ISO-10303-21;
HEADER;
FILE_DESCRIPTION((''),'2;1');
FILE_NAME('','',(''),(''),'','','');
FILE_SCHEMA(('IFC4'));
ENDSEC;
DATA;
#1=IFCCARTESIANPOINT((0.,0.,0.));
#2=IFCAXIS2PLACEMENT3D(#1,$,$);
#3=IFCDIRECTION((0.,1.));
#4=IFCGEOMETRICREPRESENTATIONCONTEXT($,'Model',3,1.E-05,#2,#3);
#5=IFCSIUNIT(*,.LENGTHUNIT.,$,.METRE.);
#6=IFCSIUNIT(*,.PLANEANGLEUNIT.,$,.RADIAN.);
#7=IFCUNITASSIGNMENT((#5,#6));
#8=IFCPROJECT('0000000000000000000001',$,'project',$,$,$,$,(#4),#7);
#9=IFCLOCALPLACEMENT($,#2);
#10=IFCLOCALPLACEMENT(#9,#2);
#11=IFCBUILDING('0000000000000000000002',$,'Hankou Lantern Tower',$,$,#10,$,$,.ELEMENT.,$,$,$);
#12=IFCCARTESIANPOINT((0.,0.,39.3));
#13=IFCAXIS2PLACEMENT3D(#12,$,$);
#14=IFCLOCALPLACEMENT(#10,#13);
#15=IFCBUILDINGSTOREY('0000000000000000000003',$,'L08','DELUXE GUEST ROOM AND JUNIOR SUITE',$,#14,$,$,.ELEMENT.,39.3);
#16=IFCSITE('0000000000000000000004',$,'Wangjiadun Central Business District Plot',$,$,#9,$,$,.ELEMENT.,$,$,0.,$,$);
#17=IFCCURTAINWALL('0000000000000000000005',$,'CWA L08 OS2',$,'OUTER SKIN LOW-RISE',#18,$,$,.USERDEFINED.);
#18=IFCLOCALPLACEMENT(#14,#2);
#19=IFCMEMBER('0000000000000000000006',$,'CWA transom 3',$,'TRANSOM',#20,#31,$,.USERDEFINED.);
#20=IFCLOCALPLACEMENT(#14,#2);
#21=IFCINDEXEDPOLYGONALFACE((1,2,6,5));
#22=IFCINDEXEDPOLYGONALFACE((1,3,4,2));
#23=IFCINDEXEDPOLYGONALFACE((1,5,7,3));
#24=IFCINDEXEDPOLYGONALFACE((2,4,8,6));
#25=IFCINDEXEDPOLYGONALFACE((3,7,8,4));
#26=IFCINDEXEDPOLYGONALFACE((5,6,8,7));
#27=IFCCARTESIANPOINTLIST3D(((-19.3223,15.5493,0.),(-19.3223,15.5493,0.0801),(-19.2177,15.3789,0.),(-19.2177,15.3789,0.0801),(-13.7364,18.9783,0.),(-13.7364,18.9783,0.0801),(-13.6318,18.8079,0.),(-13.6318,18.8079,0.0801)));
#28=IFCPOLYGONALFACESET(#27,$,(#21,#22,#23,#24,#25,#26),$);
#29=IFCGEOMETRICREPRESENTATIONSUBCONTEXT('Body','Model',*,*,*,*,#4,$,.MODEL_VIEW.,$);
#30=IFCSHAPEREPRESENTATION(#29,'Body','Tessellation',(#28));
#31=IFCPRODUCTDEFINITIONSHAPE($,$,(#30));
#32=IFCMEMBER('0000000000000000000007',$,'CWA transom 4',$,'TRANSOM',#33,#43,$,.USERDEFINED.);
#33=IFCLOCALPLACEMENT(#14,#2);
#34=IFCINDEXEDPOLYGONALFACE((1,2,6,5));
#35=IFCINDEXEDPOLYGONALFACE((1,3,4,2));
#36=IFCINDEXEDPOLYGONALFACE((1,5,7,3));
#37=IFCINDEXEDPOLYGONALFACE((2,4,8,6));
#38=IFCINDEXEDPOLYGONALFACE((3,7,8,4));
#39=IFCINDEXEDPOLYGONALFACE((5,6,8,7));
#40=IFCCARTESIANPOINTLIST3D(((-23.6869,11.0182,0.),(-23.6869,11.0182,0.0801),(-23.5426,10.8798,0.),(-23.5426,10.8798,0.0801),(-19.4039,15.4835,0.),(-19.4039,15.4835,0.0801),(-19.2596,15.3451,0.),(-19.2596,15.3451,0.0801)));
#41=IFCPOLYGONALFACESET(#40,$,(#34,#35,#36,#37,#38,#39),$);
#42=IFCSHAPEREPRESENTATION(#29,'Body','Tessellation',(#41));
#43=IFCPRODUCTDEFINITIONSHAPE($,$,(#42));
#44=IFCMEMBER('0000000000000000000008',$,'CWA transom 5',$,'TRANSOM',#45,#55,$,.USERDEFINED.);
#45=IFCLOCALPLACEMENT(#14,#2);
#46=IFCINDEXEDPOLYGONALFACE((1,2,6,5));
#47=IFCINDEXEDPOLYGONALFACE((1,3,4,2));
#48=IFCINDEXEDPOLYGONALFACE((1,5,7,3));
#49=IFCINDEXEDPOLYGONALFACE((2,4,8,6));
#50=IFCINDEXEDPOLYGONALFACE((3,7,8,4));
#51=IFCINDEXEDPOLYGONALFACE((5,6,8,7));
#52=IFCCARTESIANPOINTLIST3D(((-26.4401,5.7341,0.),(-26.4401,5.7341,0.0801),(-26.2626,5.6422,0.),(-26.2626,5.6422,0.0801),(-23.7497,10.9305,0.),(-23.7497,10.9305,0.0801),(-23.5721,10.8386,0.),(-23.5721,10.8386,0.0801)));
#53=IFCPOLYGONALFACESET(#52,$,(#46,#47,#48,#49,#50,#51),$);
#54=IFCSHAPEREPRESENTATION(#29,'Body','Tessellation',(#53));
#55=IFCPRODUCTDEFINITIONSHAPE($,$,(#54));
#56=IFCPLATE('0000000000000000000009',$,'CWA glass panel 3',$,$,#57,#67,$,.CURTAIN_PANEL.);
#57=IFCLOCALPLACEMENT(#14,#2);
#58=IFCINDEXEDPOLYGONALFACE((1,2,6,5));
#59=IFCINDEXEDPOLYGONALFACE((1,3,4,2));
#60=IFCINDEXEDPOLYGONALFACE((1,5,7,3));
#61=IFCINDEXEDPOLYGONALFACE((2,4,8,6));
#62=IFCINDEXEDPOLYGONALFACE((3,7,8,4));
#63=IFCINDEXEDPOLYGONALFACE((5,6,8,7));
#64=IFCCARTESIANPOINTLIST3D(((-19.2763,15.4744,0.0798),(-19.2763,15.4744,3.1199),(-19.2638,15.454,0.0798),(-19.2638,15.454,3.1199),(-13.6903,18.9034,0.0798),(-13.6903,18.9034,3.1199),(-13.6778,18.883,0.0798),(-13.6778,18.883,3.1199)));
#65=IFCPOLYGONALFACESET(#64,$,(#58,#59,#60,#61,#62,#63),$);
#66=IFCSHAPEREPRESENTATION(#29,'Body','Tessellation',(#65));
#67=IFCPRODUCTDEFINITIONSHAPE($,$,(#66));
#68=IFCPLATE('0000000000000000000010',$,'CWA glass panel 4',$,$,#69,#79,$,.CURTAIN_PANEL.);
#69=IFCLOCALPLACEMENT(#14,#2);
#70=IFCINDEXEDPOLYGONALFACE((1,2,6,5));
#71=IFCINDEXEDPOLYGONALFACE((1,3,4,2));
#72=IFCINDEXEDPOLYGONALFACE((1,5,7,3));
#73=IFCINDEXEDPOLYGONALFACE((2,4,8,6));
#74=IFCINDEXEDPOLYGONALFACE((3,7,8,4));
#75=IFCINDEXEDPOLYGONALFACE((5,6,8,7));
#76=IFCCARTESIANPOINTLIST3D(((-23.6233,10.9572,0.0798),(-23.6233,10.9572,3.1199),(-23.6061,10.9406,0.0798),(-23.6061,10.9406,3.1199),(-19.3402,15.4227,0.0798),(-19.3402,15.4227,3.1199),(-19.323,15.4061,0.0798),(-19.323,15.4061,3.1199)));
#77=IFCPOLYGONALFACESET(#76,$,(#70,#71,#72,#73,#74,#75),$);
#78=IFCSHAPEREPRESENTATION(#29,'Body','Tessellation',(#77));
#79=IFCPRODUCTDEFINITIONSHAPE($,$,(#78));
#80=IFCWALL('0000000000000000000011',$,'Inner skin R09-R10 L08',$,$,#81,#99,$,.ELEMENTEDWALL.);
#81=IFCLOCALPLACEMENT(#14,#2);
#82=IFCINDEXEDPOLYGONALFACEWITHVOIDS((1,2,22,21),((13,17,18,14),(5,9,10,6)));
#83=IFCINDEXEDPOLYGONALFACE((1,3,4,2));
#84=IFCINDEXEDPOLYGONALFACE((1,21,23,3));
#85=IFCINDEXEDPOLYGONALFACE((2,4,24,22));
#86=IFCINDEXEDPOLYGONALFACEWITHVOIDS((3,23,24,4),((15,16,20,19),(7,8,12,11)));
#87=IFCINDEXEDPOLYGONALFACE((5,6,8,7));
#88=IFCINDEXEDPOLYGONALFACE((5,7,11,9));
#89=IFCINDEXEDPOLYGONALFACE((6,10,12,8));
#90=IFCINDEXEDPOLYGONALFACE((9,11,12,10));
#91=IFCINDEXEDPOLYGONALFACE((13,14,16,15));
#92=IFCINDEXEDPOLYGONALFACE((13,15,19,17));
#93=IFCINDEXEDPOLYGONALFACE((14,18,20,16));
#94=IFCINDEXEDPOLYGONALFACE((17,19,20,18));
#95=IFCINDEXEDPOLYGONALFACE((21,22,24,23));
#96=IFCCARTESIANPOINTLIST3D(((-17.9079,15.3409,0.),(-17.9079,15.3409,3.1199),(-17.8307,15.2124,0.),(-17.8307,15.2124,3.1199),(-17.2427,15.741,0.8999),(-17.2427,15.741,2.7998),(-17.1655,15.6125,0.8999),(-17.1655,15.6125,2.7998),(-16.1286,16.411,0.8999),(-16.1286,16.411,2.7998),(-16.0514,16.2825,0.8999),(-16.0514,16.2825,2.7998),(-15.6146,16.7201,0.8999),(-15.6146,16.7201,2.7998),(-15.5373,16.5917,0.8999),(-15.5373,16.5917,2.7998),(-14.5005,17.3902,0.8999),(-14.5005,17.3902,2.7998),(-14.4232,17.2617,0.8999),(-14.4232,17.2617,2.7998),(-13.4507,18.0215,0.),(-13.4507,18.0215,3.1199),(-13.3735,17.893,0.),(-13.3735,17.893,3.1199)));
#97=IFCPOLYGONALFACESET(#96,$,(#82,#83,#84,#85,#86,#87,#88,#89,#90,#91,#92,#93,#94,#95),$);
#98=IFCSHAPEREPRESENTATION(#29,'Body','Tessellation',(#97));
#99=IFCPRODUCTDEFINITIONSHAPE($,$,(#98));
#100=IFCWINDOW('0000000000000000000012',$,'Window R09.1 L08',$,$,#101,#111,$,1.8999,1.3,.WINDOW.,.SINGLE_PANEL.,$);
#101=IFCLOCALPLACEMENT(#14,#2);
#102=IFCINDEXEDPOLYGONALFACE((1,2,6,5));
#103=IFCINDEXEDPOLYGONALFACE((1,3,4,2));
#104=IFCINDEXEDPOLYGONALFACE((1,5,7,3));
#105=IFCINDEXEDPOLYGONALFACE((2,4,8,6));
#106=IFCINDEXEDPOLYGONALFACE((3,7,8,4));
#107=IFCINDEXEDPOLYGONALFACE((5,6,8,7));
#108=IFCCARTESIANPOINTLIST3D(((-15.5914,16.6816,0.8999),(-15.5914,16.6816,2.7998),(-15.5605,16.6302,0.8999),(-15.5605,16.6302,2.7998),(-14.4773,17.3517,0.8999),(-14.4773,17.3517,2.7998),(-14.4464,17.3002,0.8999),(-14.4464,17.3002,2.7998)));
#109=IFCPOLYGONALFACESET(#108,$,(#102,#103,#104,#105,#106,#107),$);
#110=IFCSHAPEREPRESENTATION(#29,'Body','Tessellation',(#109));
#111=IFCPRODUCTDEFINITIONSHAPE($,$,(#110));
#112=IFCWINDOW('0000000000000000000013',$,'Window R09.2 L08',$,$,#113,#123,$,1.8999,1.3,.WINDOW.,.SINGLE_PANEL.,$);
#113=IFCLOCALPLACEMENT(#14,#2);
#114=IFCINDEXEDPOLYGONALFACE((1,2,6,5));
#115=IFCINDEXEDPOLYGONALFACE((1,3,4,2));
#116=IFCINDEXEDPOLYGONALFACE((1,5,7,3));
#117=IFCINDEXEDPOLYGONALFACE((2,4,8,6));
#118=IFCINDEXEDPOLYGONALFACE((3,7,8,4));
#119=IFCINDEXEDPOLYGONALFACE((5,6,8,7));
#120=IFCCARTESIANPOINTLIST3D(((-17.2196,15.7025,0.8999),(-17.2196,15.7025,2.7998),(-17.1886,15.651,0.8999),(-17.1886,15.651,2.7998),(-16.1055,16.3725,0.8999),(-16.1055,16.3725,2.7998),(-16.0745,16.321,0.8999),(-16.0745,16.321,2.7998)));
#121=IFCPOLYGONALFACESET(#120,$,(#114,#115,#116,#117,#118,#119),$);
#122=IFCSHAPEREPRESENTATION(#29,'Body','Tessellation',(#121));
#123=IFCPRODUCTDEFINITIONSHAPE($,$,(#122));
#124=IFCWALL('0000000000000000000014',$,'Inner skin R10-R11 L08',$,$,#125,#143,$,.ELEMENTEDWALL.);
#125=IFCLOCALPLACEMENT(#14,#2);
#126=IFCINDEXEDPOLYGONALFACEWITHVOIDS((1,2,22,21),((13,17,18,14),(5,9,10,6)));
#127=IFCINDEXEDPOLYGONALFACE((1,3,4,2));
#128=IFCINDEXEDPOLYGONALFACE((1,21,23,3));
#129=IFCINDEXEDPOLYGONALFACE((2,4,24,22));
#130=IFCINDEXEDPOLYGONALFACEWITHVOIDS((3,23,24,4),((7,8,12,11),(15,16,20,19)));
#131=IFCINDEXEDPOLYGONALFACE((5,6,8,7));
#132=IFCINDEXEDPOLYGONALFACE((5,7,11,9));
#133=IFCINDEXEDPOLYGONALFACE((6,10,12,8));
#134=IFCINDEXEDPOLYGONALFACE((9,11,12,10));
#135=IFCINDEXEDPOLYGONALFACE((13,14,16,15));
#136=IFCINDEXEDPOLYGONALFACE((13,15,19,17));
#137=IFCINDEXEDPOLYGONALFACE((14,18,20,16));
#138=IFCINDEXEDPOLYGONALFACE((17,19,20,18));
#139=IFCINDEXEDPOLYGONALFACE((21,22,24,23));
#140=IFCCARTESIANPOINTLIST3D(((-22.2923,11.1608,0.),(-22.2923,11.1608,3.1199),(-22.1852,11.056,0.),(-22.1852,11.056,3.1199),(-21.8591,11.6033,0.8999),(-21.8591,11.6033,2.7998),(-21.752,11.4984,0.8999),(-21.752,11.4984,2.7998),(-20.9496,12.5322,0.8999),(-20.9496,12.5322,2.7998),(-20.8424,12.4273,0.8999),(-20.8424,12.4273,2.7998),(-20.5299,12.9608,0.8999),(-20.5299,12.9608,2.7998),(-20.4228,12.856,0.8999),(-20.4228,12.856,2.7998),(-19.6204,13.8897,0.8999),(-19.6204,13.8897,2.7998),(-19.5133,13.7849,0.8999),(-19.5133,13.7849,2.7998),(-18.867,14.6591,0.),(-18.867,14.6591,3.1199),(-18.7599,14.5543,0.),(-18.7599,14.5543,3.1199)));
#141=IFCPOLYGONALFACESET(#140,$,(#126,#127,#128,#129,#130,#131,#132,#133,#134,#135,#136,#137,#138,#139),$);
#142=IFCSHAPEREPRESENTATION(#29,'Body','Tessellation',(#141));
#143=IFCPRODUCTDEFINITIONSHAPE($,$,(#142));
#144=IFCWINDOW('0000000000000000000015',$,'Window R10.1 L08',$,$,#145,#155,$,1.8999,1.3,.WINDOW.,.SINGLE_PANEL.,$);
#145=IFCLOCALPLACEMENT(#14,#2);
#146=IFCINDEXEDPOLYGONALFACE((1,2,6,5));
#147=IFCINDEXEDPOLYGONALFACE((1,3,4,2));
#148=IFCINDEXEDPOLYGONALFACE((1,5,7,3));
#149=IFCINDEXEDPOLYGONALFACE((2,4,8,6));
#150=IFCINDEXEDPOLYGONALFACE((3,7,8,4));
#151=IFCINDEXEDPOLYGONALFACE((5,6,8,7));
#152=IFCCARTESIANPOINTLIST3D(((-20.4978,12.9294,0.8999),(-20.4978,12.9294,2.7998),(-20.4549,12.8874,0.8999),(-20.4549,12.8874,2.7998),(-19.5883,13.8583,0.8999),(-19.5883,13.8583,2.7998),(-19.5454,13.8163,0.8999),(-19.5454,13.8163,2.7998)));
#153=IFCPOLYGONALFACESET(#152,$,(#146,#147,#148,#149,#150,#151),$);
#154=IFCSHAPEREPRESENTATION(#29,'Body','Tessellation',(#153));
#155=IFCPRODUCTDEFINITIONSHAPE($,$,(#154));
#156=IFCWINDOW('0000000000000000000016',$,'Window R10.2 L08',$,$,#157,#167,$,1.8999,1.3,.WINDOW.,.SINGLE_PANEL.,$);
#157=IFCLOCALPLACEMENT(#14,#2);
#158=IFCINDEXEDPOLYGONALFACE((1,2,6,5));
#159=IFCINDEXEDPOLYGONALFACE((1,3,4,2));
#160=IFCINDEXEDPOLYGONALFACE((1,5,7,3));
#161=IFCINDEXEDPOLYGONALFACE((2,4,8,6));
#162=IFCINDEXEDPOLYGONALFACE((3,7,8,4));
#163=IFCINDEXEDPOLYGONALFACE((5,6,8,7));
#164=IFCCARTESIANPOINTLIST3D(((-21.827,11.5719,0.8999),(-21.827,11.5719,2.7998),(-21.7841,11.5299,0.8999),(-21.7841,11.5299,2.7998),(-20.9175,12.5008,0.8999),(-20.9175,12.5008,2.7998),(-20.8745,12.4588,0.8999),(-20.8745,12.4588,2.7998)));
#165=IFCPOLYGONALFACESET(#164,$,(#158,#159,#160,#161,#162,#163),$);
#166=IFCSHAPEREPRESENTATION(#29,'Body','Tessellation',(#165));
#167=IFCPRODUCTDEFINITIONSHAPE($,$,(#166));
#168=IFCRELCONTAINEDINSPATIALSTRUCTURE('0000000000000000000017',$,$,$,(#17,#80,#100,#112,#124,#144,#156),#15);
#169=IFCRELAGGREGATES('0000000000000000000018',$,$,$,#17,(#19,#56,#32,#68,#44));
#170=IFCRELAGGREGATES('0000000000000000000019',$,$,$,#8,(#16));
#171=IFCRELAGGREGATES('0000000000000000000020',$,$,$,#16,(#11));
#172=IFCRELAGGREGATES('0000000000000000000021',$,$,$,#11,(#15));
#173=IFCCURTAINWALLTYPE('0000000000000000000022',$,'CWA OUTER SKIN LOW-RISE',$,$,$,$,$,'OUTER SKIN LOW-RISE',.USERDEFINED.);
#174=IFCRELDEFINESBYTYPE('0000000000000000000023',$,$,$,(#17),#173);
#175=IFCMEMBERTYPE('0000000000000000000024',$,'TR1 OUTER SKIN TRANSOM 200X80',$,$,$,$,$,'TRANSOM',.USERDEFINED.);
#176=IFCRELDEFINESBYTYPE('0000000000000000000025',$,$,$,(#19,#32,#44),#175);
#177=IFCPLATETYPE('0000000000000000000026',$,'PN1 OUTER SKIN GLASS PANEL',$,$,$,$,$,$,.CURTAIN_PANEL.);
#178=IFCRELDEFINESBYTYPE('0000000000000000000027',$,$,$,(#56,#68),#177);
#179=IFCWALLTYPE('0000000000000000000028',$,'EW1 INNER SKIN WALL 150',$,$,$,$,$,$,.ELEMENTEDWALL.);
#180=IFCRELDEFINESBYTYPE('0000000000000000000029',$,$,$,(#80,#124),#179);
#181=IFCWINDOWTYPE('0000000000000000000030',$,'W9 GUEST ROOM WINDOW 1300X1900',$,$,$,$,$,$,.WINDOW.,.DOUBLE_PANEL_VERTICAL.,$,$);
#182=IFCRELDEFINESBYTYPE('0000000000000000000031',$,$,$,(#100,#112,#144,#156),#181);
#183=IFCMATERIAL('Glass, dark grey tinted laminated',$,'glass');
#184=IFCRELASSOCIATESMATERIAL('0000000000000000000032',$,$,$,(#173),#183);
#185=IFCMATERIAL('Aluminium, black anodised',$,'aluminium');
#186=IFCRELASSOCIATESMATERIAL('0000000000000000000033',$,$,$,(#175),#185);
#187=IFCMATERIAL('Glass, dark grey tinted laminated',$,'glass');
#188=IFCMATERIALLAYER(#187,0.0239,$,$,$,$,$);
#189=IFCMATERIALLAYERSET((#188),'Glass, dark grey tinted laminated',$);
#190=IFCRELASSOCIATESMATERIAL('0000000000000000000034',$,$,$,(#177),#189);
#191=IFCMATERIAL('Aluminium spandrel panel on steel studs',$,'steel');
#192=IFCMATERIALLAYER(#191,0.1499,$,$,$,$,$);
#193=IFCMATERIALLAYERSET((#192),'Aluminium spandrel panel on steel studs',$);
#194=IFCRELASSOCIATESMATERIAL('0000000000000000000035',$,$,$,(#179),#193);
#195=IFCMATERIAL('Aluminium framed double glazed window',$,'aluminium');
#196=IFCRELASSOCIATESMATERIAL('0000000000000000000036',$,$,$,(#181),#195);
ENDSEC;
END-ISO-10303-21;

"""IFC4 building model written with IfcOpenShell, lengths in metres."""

from ifc_helpers import new_model, si_unit, direction, frame, frame_2d, origin, origin_2d, place, context, subcontext, project, spatial, rectangle, extrude, material, layer, layer_set, material_profile, profile_set, type_object, element, fill, aggregate, save


model = new_model("IFC4")

# Units and contexts
model_context = context("Model", 3, precision=1e-05, world=origin(), true_north=direction((0.0, 1.0)))
body_context = subcontext(model_context, "Body", "Model", "MODEL_VIEW")
ifc_project = project(units=[si_unit("LENGTHUNIT", "METRE"), si_unit("PLANEANGLEUNIT", "RADIAN")], contexts=[model_context])

# Site, building, storey
site_placement = place(None, origin())
site = spatial("IfcSite", under=ifc_project, at=site_placement, Name="Wangjiadun Central Business District Plot", CompositionType="ELEMENT", RefElevation=0.0)
building_placement = place(site_placement, origin())
building = spatial("IfcBuilding", under=site, at=building_placement, Name="Hankou Lantern Tower", CompositionType="ELEMENT")
storey_placement = place(building_placement, frame((0.0, 0.0, 39.3)))
storey = spatial("IfcBuildingStorey", under=building, at=storey_placement, Name="L08", Description="DELUXE GUEST ROOM AND JUNIOR SUITE", CompositionType="ELEMENT", Elevation=39.3)

# Curtain wall
ifc_material_1 = material(Name="Glass, dark grey tinted laminated", Category="glass")
curtain_wall_type = type_object("IfcCurtainWallType", Name="CWA OUTER SKIN LOW-RISE", ElementType="OUTER SKIN LOW-RISE", PredefinedType="USERDEFINED", material=ifc_material_1)
curtain_wall_placement = place(storey_placement, origin())
curtain_wall = element("IfcCurtainWall", 1, at=curtain_wall_placement, inside=storey, type_object=curtain_wall_type, Name="CWA L08 OS2", ObjectType="OUTER SKIN LOW-RISE", PredefinedType="USERDEFINED")

# Members
ifc_material_2 = material(Name="Aluminium, black anodised", Category="aluminium")
ifc_material_profile_1 = material_profile(ifc_material_2, rectangle(XDim=0.2, YDim=0.0801, at=origin_2d()), Name="TR1 200X80")
ifc_profile_set_1 = profile_set([ifc_material_profile_1], Name="Aluminium, black anodised")
member_type_1 = type_object("IfcMemberType", Name="TR1 OUTER SKIN TRANSOM 200X80", ElementType="TRANSOM", PredefinedType="USERDEFINED", material=ifc_profile_set_1)
member_1_placement = place(storey_placement, frame((-13.6841, 18.8931, 0.04), z_axis=(-0.85224, -0.523152, 0.0), x_axis=(0.523152, -0.85224, 0.0)))
member_1 = element("IfcMember", 2, at=member_1_placement, type_object=member_type_1, Name="CWA transom 3", ObjectType="TRANSOM", PredefinedType="USERDEFINED", context=body_context, shape_type="SweptSolid", body=[
    extrude(rectangle(XDim=0.2, YDim=0.0801, at=origin_2d()), origin(), (0.0, 0.0, 1.0), 6.5544),
])
member_2_placement = place(storey_placement, frame((-19.3318, 15.4143, 0.04), z_axis=(-0.692216, -0.721691, 0.0), x_axis=(0.721691, -0.692216, 0.0)))
member_2 = element("IfcMember", 3, at=member_2_placement, type_object=member_type_1, Name="CWA transom 4", ObjectType="TRANSOM", PredefinedType="USERDEFINED", context=body_context, shape_type="SweptSolid", body=[
    extrude(rectangle(XDim=0.2, YDim=0.0801, at=origin_2d()), origin(), (0.0, 0.0, 1.0), 6.1873),
])
member_3_placement = place(storey_placement, frame((-23.6609, 10.8845, 0.04), z_axis=(-0.459786, -0.88803, 0.0), x_axis=(0.88803, -0.459786, 0.0)))
member_3 = element("IfcMember", 4, at=member_3_placement, type_object=member_type_1, Name="CWA transom 5", ObjectType="TRANSOM", PredefinedType="USERDEFINED", context=body_context, shape_type="SweptSolid", body=[
    extrude(rectangle(XDim=0.2, YDim=0.0801, at=origin_2d()), origin(), (0.0, 0.0, 1.0), 5.8516),
])

# Plates
ifc_material_3 = material(Name="Glass, dark grey tinted laminated", Category="glass")
ifc_layer_1 = layer(ifc_material_3, 0.0239)
ifc_layer_set_1 = layer_set([ifc_layer_1], Name="Glass, dark grey tinted laminated")
plate_type = type_object("IfcPlateType", Name="PN1 OUTER SKIN GLASS PANEL", PredefinedType="CURTAIN_PANEL", material=ifc_layer_set_1)
plate_1_placement = place(storey_placement, frame((-16.4771, 17.1787, 0.0798), z_axis=(0.0, 0.0, 1.0), x_axis=(-0.852237, -0.523156, 0.0)))
plate_1 = element("IfcPlate", 5, at=plate_1_placement, type_object=plate_type, Name="CWA glass panel 3", PredefinedType="CURTAIN_PANEL", context=body_context, shape_type="SweptSolid", body=[
    extrude(rectangle(XDim=6.5544, YDim=0.0239, at=origin_2d()), origin(), (0.0, 0.0, 1.0), 3.04),
])
plate_2_placement = place(storey_placement, frame((-21.4731, 13.1816, 0.0798), z_axis=(0.0, 0.0, 1.0), x_axis=(-0.692216, -0.721691, 0.0)))
plate_2 = element("IfcPlate", 6, at=plate_2_placement, type_object=plate_type, Name="CWA glass panel 4", PredefinedType="CURTAIN_PANEL", context=body_context, shape_type="SweptSolid", body=[
    extrude(rectangle(XDim=6.1875, YDim=0.0239, at=origin_2d()), origin(), (0.0, 0.0, 1.0), 3.04),
])
aggregate(curtain_wall, [member_1, plate_1, member_2, plate_2, member_3])

# Walls, openings, windows
ifc_material_4 = material(Name="Aluminium spandrel panel on steel studs", Category="steel")
ifc_layer_2 = layer(ifc_material_4, 0.1499)
ifc_layer_set_2 = layer_set([ifc_layer_2], Name="Aluminium spandrel panel on steel studs")
wall_type_1 = type_object("IfcWallType", Name="EW1 INNER SKIN WALL 150", PredefinedType="ELEMENTEDWALL", material=ifc_layer_set_2)
wall_1_placement = place(storey_placement, frame((-13.4121, 17.9573, 0.0), z_axis=(0.0, 0.0, 1.0), x_axis=(-0.856958, -0.515386, 0.0)))
wall_1 = element("IfcWall", 7, at=wall_1_placement, inside=storey, type_object=wall_type_1, Name="Inner skin R09-R10 L08", PredefinedType="ELEMENTEDWALL", context=body_context, shape_type="SweptSolid", body=[
    extrude(rectangle(XDim=5.2012, YDim=0.1499, at=frame_2d((2.6006, 0.0))), origin(), (0.0, 0.0, 1.0), 3.1199),
])
opening_1_placement = place(wall_1_placement, frame((1.2251, 0.0, 0.8999)))
opening_1 = element("IfcOpeningElement", 8, at=opening_1_placement, cuts=wall_1, PredefinedType="OPENING", context=body_context, shape_type="SweptSolid", body=[
    extrude(rectangle(XDim=1.3, YDim=1.8999, at=frame_2d((0.6499, 0.95))), frame((0.0, 0.085, 0.0), z_axis=(0.0, -1.0, 0.0), x_axis=(1.0, 0.0, 0.0)), (0.0, 0.0, 1.0), 0.1699),
])
opening_2_placement = place(wall_1_placement, frame((3.125, 0.0, 0.8999)))
opening_2 = element("IfcOpeningElement", 9, at=opening_2_placement, cuts=wall_1, PredefinedType="OPENING", context=body_context, shape_type="SweptSolid", body=[
    extrude(rectangle(XDim=1.3, YDim=1.8999, at=frame_2d((0.6499, 0.95))), frame((0.0, 0.085, 0.0), z_axis=(0.0, -1.0, 0.0), x_axis=(1.0, 0.0, 0.0)), (0.0, 0.0, 1.0), 0.1699),
])
ifc_material_5 = material(Name="Aluminium framed double glazed window", Category="aluminium")
window_type = type_object("IfcWindowType", Name="W9 GUEST ROOM WINDOW 1300X1900", PartitioningType="DOUBLE_PANEL_VERTICAL", PredefinedType="WINDOW", material=ifc_material_5)
window_1_placement = place(opening_1_placement, origin())
window_1 = element("IfcWindow", 10, at=window_1_placement, inside=storey, type_object=window_type, Name="Window R09.1 L08", OverallHeight=1.8999, OverallWidth=1.3, PartitioningType="SINGLE_PANEL", PredefinedType="WINDOW", context=body_context, shape_type="SweptSolid", body=[
    extrude(rectangle(XDim=1.3, YDim=1.8999, at=frame_2d((0.6499, 0.95))), frame((0.0, 0.03, 0.0), z_axis=(0.0, -1.0, 0.0), x_axis=(1.0, 0.0, 0.0)), (0.0, 0.0, 1.0), 0.0601),
])
fill(opening_1, window_1)
window_2_placement = place(opening_2_placement, origin())
window_2 = element("IfcWindow", 11, at=window_2_placement, inside=storey, type_object=window_type, Name="Window R09.2 L08", OverallHeight=1.8999, OverallWidth=1.3, PartitioningType="SINGLE_PANEL", PredefinedType="WINDOW", context=body_context, shape_type="SweptSolid", body=[
    extrude(rectangle(XDim=1.3, YDim=1.8999, at=frame_2d((0.6499, 0.95))), frame((0.0, 0.03, 0.0), z_axis=(0.0, -1.0, 0.0), x_axis=(1.0, 0.0, 0.0)), (0.0, 0.0, 1.0), 0.0601),
])
fill(opening_2, window_2)
wall_2_placement = place(storey_placement, frame((-18.8135, 14.6067, 0.0), z_axis=(0.0, 0.0, 1.0), x_axis=(-0.699613, -0.714522, 0.0)))
wall_2 = element("IfcWall", 12, at=wall_2_placement, inside=storey, type_object=wall_type_1, Name="Inner skin R10-R11 L08", PredefinedType="ELEMENTEDWALL", context=body_context, shape_type="SweptSolid", body=[
    extrude(rectangle(XDim=4.896, YDim=0.1499, at=frame_2d((2.448, 0.0))), origin(), (0.0, 0.0, 1.0), 3.1199),
])
opening_3_placement = place(wall_2_placement, frame((1.0769, 0.0, 0.8999)))
opening_3 = element("IfcOpeningElement", 13, at=opening_3_placement, cuts=wall_2, PredefinedType="OPENING", context=body_context, shape_type="SweptSolid", body=[
    extrude(rectangle(XDim=1.3, YDim=1.8999, at=frame_2d((0.6499, 0.95))), frame((0.0, 0.085, 0.0), z_axis=(0.0, -1.0, 0.0), x_axis=(1.0, 0.0, 0.0)), (0.0, 0.0, 1.0), 0.1699),
])
opening_4_placement = place(wall_2_placement, frame((2.9768, 0.0, 0.8999)))
opening_4 = element("IfcOpeningElement", 14, at=opening_4_placement, cuts=wall_2, PredefinedType="OPENING", context=body_context, shape_type="SweptSolid", body=[
    extrude(rectangle(XDim=1.3, YDim=1.8999, at=frame_2d((0.6499, 0.95))), frame((0.0, 0.085, 0.0), z_axis=(0.0, -1.0, 0.0), x_axis=(1.0, 0.0, 0.0)), (0.0, 0.0, 1.0), 0.1699),
])
window_3_placement = place(opening_3_placement, origin())
window_3 = element("IfcWindow", 15, at=window_3_placement, inside=storey, type_object=window_type, Name="Window R10.1 L08", OverallHeight=1.8999, OverallWidth=1.3, PartitioningType="SINGLE_PANEL", PredefinedType="WINDOW", context=body_context, shape_type="SweptSolid", body=[
    extrude(rectangle(XDim=1.3, YDim=1.8999, at=frame_2d((0.6499, 0.95))), frame((0.0, 0.03, 0.0), z_axis=(0.0, -1.0, 0.0), x_axis=(1.0, 0.0, 0.0)), (0.0, 0.0, 1.0), 0.0601),
])
fill(opening_3, window_3)
window_4_placement = place(opening_4_placement, origin())
window_4 = element("IfcWindow", 16, at=window_4_placement, inside=storey, type_object=window_type, Name="Window R10.2 L08", OverallHeight=1.8999, OverallWidth=1.3, PartitioningType="SINGLE_PANEL", PredefinedType="WINDOW", context=body_context, shape_type="SweptSolid", body=[
    extrude(rectangle(XDim=1.3, YDim=1.8999, at=frame_2d((0.6499, 0.95))), frame((0.0, 0.03, 0.0), z_axis=(0.0, -1.0, 0.0), x_axis=(1.0, 0.0, 0.0)), (0.0, 0.0, 1.0), 0.0601),
])
fill(opening_4, window_4)

save(model, "model.ifc")
